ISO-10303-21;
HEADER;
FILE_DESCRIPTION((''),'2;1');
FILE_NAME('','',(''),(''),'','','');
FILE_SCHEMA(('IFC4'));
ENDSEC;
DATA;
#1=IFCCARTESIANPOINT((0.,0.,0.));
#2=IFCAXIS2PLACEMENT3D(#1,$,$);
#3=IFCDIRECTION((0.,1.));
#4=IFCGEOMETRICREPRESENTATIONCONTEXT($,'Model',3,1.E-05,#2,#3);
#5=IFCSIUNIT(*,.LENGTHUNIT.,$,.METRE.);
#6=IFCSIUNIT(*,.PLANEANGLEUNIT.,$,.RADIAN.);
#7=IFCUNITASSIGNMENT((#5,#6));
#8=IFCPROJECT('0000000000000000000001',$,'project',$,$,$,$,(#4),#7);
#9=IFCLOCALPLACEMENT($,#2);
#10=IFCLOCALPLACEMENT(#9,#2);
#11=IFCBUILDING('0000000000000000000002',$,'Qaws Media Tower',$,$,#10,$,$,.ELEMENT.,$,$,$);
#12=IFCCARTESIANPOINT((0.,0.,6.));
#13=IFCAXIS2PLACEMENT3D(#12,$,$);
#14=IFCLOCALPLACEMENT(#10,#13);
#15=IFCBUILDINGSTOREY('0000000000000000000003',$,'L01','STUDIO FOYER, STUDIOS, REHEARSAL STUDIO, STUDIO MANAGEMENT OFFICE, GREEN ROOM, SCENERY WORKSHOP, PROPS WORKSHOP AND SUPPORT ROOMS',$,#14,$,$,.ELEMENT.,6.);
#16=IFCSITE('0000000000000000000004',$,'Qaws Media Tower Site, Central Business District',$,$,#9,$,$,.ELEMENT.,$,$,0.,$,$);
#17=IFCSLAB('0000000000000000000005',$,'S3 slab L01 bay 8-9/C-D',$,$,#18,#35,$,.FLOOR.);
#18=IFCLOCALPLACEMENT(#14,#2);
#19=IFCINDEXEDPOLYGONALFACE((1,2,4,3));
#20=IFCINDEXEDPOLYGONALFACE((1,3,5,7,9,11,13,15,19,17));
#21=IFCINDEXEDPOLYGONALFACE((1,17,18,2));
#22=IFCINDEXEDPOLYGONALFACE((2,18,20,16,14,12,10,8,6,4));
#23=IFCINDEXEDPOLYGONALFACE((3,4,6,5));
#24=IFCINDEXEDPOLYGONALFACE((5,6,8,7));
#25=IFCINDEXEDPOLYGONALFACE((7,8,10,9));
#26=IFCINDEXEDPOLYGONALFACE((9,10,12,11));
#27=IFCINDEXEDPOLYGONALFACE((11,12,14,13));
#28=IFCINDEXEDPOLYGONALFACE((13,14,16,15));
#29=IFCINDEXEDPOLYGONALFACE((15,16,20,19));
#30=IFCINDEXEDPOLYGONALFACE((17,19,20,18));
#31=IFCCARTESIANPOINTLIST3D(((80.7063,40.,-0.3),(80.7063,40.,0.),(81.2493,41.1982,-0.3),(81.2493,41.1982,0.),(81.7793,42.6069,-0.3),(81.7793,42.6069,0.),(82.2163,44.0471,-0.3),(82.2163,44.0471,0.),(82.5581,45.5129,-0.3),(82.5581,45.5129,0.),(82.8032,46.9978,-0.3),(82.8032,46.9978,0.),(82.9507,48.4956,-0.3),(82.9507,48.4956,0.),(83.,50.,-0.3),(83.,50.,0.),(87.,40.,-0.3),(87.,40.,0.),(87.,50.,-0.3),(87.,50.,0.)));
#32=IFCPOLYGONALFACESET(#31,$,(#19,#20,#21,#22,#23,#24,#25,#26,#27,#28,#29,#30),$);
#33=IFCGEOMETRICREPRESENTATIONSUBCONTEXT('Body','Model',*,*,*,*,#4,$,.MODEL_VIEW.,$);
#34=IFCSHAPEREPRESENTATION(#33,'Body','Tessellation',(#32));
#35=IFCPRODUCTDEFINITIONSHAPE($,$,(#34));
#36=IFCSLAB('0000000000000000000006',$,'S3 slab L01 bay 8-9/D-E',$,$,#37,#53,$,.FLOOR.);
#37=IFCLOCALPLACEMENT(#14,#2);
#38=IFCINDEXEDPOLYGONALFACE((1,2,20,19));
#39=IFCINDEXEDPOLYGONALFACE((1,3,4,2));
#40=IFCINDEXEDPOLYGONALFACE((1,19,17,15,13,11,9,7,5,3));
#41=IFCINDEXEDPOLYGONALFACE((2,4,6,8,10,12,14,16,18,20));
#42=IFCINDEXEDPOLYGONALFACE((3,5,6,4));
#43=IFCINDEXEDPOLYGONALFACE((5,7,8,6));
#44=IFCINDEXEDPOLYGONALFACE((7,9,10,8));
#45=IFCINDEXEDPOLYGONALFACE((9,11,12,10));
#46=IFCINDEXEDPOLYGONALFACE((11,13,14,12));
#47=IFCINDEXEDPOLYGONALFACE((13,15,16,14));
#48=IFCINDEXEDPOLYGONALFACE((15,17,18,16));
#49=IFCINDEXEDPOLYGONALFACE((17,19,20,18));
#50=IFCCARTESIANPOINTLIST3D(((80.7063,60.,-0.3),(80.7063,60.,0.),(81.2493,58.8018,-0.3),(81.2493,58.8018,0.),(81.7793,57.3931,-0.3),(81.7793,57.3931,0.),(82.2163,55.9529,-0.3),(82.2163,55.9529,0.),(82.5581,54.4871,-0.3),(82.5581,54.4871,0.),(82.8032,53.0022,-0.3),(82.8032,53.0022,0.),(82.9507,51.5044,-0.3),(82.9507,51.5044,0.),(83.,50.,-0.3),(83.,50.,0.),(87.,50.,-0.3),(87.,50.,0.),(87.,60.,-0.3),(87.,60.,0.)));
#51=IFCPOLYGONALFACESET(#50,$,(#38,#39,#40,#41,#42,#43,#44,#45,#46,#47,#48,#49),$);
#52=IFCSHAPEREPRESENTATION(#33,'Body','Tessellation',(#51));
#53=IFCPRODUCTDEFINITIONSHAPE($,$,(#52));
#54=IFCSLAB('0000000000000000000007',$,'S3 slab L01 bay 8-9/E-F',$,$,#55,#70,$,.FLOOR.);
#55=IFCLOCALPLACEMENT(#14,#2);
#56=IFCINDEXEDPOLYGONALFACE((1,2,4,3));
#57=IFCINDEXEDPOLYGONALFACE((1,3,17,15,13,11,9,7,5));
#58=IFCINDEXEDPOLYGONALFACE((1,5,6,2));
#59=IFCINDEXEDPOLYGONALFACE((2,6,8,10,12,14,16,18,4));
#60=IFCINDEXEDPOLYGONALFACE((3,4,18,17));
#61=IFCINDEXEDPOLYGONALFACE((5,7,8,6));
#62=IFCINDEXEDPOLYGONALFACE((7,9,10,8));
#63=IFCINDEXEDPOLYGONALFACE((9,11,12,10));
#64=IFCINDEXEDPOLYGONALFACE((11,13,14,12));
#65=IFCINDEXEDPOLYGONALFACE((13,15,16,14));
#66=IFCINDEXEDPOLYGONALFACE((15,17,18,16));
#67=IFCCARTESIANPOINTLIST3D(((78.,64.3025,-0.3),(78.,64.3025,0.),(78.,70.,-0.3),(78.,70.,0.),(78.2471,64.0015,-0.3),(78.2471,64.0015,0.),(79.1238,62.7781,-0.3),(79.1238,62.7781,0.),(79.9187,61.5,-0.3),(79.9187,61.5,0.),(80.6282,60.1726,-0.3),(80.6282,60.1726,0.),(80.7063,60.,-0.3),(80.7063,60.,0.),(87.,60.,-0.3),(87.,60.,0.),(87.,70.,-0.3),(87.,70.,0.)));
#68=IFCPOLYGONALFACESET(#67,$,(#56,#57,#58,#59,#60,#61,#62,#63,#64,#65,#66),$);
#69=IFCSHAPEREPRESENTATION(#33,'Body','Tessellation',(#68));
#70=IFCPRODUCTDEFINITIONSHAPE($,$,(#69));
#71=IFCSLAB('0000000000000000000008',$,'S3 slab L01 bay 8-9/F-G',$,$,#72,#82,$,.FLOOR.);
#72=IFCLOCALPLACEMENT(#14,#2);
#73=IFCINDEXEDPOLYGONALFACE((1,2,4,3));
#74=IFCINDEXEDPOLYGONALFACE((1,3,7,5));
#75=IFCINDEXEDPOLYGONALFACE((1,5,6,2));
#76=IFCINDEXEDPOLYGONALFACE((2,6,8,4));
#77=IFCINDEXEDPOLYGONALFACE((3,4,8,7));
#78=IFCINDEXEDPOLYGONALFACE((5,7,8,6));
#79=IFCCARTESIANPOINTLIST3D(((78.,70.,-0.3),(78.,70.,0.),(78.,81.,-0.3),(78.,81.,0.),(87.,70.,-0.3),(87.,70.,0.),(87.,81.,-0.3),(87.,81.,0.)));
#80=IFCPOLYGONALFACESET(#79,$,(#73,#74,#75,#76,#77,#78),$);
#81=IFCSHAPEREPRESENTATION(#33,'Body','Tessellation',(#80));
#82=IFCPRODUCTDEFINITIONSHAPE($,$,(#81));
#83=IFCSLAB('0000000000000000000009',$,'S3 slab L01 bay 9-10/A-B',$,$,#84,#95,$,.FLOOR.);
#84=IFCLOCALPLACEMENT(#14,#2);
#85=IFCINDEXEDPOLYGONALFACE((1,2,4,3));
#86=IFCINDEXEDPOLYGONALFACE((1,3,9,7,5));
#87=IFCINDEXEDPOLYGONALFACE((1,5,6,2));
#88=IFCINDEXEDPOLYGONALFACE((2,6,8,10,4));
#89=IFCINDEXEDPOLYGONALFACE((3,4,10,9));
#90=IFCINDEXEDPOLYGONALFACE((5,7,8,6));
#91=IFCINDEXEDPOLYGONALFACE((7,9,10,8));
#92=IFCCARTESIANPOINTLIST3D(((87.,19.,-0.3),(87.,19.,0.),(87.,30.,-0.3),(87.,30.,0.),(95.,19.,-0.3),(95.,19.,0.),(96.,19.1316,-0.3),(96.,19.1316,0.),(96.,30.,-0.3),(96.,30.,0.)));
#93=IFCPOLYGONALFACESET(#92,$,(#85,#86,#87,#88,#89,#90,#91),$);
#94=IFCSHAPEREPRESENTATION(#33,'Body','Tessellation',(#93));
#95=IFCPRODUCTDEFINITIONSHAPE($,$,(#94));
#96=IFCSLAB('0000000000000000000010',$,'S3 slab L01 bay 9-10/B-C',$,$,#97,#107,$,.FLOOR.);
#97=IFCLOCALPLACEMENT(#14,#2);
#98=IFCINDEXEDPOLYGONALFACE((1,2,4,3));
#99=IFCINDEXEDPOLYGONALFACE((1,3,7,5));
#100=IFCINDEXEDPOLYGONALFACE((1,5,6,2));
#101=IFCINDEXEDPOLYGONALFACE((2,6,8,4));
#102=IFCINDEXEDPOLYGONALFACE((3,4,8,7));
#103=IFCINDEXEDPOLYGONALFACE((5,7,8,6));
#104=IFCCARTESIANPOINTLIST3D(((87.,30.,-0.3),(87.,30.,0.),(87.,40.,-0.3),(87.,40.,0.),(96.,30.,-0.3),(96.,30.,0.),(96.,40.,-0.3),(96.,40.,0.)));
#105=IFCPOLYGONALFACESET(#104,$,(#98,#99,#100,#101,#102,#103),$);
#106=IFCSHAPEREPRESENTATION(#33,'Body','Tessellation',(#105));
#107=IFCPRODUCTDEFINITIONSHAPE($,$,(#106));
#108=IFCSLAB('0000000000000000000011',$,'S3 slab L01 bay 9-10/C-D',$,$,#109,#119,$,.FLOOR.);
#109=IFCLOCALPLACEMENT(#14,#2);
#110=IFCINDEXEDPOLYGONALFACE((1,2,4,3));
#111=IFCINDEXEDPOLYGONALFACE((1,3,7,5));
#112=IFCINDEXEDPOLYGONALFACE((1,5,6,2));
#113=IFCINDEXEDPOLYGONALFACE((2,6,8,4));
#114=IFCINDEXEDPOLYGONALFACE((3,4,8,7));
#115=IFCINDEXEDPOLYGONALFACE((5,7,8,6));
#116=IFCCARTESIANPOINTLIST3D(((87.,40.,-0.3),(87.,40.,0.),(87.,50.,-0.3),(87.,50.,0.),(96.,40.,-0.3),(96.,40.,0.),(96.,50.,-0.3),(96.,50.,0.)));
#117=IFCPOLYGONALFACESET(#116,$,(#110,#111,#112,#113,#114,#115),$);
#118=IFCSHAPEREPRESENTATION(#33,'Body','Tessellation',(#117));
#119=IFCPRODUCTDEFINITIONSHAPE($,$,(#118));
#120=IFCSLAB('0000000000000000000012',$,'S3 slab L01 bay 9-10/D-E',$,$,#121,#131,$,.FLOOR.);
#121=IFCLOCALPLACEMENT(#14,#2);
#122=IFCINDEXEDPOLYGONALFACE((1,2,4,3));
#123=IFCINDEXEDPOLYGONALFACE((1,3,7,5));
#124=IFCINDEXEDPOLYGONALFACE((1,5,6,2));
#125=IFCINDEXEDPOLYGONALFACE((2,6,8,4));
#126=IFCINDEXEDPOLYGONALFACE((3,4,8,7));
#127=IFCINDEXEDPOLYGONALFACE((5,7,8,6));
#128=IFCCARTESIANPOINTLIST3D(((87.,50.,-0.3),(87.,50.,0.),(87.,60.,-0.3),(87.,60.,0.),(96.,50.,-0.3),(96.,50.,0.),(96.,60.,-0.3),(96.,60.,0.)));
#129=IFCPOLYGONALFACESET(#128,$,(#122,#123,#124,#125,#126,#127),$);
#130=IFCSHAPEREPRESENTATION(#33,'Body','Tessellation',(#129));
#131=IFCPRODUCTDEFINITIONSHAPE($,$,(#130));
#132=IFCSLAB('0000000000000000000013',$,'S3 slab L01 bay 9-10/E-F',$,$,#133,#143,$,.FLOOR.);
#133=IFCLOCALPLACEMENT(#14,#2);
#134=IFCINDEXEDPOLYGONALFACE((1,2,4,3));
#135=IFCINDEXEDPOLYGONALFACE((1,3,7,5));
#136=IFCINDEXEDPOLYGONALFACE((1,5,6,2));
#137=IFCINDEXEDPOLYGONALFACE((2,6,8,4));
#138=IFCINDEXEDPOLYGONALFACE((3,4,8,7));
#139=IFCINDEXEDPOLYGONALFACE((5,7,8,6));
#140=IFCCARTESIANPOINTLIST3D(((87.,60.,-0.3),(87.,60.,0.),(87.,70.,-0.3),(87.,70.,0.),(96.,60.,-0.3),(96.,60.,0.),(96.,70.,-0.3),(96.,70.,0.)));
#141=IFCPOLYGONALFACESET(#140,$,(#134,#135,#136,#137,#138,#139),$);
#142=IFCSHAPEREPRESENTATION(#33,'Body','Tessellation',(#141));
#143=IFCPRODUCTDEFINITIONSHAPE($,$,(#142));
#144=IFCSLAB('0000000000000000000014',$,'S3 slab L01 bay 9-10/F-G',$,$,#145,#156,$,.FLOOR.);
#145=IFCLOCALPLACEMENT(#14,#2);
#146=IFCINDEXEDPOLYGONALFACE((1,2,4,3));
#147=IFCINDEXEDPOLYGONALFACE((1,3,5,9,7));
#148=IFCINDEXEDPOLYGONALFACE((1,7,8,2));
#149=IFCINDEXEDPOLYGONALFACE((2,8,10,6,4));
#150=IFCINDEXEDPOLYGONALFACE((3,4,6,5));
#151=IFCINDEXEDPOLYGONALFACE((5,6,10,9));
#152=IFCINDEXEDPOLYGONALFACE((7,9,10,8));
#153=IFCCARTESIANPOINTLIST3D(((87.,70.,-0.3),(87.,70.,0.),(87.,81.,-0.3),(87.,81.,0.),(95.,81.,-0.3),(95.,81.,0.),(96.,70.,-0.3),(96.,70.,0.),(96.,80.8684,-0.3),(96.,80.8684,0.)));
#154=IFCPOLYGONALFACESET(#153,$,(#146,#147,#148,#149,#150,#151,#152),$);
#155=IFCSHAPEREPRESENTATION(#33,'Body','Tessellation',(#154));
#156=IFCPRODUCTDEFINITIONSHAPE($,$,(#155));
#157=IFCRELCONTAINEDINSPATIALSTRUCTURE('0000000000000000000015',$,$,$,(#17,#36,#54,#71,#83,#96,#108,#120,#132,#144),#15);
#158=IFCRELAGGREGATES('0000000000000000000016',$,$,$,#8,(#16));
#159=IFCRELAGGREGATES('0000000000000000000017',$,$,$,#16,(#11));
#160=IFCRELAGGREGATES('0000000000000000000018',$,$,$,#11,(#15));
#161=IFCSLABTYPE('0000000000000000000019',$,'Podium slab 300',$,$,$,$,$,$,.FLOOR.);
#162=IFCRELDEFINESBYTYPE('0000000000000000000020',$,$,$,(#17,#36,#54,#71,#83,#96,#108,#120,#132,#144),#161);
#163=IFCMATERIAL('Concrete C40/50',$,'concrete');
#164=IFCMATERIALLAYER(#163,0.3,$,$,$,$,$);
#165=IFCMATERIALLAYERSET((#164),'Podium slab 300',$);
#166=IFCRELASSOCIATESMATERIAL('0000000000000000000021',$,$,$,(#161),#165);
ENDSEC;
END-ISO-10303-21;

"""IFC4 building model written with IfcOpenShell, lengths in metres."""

from ifc_helpers import new_model, si_unit, direction, frame, origin, place, context, subcontext, project, spatial, polyline, outline, extrude, material, layer, layer_set, type_object, element, save


model = new_model("IFC4")

# Units and contexts
model_context = context("Model", 3, precision=1e-05, world=origin(), true_north=direction((0.0, 1.0)))
body_context = subcontext(model_context, "Body", "Model", "MODEL_VIEW")
ifc_project = project(units=[si_unit("LENGTHUNIT", "METRE"), si_unit("PLANEANGLEUNIT", "RADIAN")], contexts=[model_context])

# Site, building, storey
site_placement = place(None, origin())
site = spatial("IfcSite", under=ifc_project, at=site_placement, Name="Qaws Media Tower Site, Central Business District", CompositionType="ELEMENT", RefElevation=0.0)
building_placement = place(site_placement, origin())
building = spatial("IfcBuilding", under=site, at=building_placement, Name="Qaws Media Tower", CompositionType="ELEMENT")
storey_placement = place(building_placement, frame((0.0, 0.0, 6.0)))
storey = spatial("IfcBuildingStorey", under=building, at=storey_placement, Name="L01", Description="STUDIO FOYER, STUDIOS, REHEARSAL STUDIO, STUDIO MANAGEMENT OFFICE, GREEN ROOM, SCENERY WORKSHOP, PROPS WORKSHOP AND SUPPORT ROOMS", CompositionType="ELEMENT", Elevation=6.0)

# Slabs
ifc_material = material(Name="Concrete C40/50", Category="concrete")
ifc_layer = layer(ifc_material, 0.3)
ifc_layer_set = layer_set([ifc_layer], Name="Podium slab 300")
slab_type = type_object("IfcSlabType", Name="Podium slab 300", PredefinedType="FLOOR", material=ifc_layer_set)
slab_1_placement = place(storey_placement, frame((0.0, 0.0, -0.3)))
element("IfcSlab", 1, at=slab_1_placement, inside=storey, type_object=slab_type, Name="S3 slab L01 bay 8-9/C-D", PredefinedType="FLOOR", context=body_context, shape_type="SweptSolid", body=[
    extrude(outline(polyline([(81.2493, 41.1982), (81.7793, 42.6069), (82.2163, 44.0471), (82.5581, 45.5129), (82.8032, 46.9978), (82.9507, 48.4956), (83.0, 50.0), (87.0, 50.0), (87.0, 40.0), (80.7063, 40.0), (81.2493, 41.1982)])), origin(), (0.0, 0.0, 1.0), 0.3),
])
slab_2_placement = place(storey_placement, frame((0.0, 0.0, -0.3)))
element("IfcSlab", 2, at=slab_2_placement, inside=storey, type_object=slab_type, Name="S3 slab L01 bay 8-9/D-E", PredefinedType="FLOOR", context=body_context, shape_type="SweptSolid", body=[
    extrude(outline(polyline([(82.2163, 55.9529), (81.7793, 57.3931), (81.2493, 58.8018), (80.7063, 60.0), (87.0, 60.0), (87.0, 50.0), (83.0, 50.0), (82.9507, 51.5044), (82.8032, 53.0022), (82.5581, 54.4871), (82.2163, 55.9529)])), origin(), (0.0, 0.0, 1.0), 0.3),
])
slab_3_placement = place(storey_placement, frame((0.0, 0.0, -0.3)))
element("IfcSlab", 3, at=slab_3_placement, inside=storey, type_object=slab_type, Name="S3 slab L01 bay 8-9/E-F", PredefinedType="FLOOR", context=body_context, shape_type="SweptSolid", body=[
    extrude(outline(polyline([(80.6282, 60.1726), (79.9187, 61.5), (79.1238, 62.7781), (78.2471, 64.0015), (78.0, 64.3025), (78.0, 70.0), (87.0, 70.0), (87.0, 60.0), (80.7063, 60.0), (80.6282, 60.1726)])), origin(), (0.0, 0.0, 1.0), 0.3),
])
slab_4_placement = place(storey_placement, frame((0.0, 0.0, -0.3)))
element("IfcSlab", 4, at=slab_4_placement, inside=storey, type_object=slab_type, Name="S3 slab L01 bay 8-9/F-G", PredefinedType="FLOOR", context=body_context, shape_type="SweptSolid", body=[
    extrude(outline(polyline([(87.0, 81.0), (87.0, 70.0), (78.0, 70.0), (78.0, 81.0), (87.0, 81.0)])), origin(), (0.0, 0.0, 1.0), 0.3),
])
slab_5_placement = place(storey_placement, frame((0.0, 0.0, -0.3)))
element("IfcSlab", 5, at=slab_5_placement, inside=storey, type_object=slab_type, Name="S3 slab L01 bay 9-10/A-B", PredefinedType="FLOOR", context=body_context, shape_type="SweptSolid", body=[
    extrude(outline(polyline([(95.0, 19.0), (87.0, 19.0), (87.0, 30.0), (96.0, 30.0), (96.0, 19.1316), (95.0, 19.0)])), origin(), (0.0, 0.0, 1.0), 0.3),
])
slab_6_placement = place(storey_placement, frame((0.0, 0.0, -0.3)))
element("IfcSlab", 6, at=slab_6_placement, inside=storey, type_object=slab_type, Name="S3 slab L01 bay 9-10/B-C", PredefinedType="FLOOR", context=body_context, shape_type="SweptSolid", body=[
    extrude(outline(polyline([(87.0, 30.0), (87.0, 40.0), (96.0, 40.0), (96.0, 30.0), (87.0, 30.0)])), origin(), (0.0, 0.0, 1.0), 0.3),
])
slab_7_placement = place(storey_placement, frame((0.0, 0.0, -0.3)))
element("IfcSlab", 7, at=slab_7_placement, inside=storey, type_object=slab_type, Name="S3 slab L01 bay 9-10/C-D", PredefinedType="FLOOR", context=body_context, shape_type="SweptSolid", body=[
    extrude(outline(polyline([(87.0, 40.0), (87.0, 50.0), (96.0, 50.0), (96.0, 40.0), (87.0, 40.0)])), origin(), (0.0, 0.0, 1.0), 0.3),
])
slab_8_placement = place(storey_placement, frame((0.0, 0.0, -0.3)))
element("IfcSlab", 8, at=slab_8_placement, inside=storey, type_object=slab_type, Name="S3 slab L01 bay 9-10/D-E", PredefinedType="FLOOR", context=body_context, shape_type="SweptSolid", body=[
    extrude(outline(polyline([(87.0, 50.0), (87.0, 60.0), (96.0, 60.0), (96.0, 50.0), (87.0, 50.0)])), origin(), (0.0, 0.0, 1.0), 0.3),
])
slab_9_placement = place(storey_placement, frame((0.0, 0.0, -0.3)))
element("IfcSlab", 9, at=slab_9_placement, inside=storey, type_object=slab_type, Name="S3 slab L01 bay 9-10/E-F", PredefinedType="FLOOR", context=body_context, shape_type="SweptSolid", body=[
    extrude(outline(polyline([(87.0, 60.0), (87.0, 70.0), (96.0, 70.0), (96.0, 60.0), (87.0, 60.0)])), origin(), (0.0, 0.0, 1.0), 0.3),
])
slab_10_placement = place(storey_placement, frame((0.0, 0.0, -0.3)))
element("IfcSlab", 10, at=slab_10_placement, inside=storey, type_object=slab_type, Name="S3 slab L01 bay 9-10/F-G", PredefinedType="FLOOR", context=body_context, shape_type="SweptSolid", body=[
    extrude(outline(polyline([(95.0, 81.0), (96.0, 80.8684), (96.0, 70.0), (87.0, 70.0), (87.0, 81.0), (95.0, 81.0)])), origin(), (0.0, 0.0, 1.0), 0.3),
])

save(model, "model.ifc")
